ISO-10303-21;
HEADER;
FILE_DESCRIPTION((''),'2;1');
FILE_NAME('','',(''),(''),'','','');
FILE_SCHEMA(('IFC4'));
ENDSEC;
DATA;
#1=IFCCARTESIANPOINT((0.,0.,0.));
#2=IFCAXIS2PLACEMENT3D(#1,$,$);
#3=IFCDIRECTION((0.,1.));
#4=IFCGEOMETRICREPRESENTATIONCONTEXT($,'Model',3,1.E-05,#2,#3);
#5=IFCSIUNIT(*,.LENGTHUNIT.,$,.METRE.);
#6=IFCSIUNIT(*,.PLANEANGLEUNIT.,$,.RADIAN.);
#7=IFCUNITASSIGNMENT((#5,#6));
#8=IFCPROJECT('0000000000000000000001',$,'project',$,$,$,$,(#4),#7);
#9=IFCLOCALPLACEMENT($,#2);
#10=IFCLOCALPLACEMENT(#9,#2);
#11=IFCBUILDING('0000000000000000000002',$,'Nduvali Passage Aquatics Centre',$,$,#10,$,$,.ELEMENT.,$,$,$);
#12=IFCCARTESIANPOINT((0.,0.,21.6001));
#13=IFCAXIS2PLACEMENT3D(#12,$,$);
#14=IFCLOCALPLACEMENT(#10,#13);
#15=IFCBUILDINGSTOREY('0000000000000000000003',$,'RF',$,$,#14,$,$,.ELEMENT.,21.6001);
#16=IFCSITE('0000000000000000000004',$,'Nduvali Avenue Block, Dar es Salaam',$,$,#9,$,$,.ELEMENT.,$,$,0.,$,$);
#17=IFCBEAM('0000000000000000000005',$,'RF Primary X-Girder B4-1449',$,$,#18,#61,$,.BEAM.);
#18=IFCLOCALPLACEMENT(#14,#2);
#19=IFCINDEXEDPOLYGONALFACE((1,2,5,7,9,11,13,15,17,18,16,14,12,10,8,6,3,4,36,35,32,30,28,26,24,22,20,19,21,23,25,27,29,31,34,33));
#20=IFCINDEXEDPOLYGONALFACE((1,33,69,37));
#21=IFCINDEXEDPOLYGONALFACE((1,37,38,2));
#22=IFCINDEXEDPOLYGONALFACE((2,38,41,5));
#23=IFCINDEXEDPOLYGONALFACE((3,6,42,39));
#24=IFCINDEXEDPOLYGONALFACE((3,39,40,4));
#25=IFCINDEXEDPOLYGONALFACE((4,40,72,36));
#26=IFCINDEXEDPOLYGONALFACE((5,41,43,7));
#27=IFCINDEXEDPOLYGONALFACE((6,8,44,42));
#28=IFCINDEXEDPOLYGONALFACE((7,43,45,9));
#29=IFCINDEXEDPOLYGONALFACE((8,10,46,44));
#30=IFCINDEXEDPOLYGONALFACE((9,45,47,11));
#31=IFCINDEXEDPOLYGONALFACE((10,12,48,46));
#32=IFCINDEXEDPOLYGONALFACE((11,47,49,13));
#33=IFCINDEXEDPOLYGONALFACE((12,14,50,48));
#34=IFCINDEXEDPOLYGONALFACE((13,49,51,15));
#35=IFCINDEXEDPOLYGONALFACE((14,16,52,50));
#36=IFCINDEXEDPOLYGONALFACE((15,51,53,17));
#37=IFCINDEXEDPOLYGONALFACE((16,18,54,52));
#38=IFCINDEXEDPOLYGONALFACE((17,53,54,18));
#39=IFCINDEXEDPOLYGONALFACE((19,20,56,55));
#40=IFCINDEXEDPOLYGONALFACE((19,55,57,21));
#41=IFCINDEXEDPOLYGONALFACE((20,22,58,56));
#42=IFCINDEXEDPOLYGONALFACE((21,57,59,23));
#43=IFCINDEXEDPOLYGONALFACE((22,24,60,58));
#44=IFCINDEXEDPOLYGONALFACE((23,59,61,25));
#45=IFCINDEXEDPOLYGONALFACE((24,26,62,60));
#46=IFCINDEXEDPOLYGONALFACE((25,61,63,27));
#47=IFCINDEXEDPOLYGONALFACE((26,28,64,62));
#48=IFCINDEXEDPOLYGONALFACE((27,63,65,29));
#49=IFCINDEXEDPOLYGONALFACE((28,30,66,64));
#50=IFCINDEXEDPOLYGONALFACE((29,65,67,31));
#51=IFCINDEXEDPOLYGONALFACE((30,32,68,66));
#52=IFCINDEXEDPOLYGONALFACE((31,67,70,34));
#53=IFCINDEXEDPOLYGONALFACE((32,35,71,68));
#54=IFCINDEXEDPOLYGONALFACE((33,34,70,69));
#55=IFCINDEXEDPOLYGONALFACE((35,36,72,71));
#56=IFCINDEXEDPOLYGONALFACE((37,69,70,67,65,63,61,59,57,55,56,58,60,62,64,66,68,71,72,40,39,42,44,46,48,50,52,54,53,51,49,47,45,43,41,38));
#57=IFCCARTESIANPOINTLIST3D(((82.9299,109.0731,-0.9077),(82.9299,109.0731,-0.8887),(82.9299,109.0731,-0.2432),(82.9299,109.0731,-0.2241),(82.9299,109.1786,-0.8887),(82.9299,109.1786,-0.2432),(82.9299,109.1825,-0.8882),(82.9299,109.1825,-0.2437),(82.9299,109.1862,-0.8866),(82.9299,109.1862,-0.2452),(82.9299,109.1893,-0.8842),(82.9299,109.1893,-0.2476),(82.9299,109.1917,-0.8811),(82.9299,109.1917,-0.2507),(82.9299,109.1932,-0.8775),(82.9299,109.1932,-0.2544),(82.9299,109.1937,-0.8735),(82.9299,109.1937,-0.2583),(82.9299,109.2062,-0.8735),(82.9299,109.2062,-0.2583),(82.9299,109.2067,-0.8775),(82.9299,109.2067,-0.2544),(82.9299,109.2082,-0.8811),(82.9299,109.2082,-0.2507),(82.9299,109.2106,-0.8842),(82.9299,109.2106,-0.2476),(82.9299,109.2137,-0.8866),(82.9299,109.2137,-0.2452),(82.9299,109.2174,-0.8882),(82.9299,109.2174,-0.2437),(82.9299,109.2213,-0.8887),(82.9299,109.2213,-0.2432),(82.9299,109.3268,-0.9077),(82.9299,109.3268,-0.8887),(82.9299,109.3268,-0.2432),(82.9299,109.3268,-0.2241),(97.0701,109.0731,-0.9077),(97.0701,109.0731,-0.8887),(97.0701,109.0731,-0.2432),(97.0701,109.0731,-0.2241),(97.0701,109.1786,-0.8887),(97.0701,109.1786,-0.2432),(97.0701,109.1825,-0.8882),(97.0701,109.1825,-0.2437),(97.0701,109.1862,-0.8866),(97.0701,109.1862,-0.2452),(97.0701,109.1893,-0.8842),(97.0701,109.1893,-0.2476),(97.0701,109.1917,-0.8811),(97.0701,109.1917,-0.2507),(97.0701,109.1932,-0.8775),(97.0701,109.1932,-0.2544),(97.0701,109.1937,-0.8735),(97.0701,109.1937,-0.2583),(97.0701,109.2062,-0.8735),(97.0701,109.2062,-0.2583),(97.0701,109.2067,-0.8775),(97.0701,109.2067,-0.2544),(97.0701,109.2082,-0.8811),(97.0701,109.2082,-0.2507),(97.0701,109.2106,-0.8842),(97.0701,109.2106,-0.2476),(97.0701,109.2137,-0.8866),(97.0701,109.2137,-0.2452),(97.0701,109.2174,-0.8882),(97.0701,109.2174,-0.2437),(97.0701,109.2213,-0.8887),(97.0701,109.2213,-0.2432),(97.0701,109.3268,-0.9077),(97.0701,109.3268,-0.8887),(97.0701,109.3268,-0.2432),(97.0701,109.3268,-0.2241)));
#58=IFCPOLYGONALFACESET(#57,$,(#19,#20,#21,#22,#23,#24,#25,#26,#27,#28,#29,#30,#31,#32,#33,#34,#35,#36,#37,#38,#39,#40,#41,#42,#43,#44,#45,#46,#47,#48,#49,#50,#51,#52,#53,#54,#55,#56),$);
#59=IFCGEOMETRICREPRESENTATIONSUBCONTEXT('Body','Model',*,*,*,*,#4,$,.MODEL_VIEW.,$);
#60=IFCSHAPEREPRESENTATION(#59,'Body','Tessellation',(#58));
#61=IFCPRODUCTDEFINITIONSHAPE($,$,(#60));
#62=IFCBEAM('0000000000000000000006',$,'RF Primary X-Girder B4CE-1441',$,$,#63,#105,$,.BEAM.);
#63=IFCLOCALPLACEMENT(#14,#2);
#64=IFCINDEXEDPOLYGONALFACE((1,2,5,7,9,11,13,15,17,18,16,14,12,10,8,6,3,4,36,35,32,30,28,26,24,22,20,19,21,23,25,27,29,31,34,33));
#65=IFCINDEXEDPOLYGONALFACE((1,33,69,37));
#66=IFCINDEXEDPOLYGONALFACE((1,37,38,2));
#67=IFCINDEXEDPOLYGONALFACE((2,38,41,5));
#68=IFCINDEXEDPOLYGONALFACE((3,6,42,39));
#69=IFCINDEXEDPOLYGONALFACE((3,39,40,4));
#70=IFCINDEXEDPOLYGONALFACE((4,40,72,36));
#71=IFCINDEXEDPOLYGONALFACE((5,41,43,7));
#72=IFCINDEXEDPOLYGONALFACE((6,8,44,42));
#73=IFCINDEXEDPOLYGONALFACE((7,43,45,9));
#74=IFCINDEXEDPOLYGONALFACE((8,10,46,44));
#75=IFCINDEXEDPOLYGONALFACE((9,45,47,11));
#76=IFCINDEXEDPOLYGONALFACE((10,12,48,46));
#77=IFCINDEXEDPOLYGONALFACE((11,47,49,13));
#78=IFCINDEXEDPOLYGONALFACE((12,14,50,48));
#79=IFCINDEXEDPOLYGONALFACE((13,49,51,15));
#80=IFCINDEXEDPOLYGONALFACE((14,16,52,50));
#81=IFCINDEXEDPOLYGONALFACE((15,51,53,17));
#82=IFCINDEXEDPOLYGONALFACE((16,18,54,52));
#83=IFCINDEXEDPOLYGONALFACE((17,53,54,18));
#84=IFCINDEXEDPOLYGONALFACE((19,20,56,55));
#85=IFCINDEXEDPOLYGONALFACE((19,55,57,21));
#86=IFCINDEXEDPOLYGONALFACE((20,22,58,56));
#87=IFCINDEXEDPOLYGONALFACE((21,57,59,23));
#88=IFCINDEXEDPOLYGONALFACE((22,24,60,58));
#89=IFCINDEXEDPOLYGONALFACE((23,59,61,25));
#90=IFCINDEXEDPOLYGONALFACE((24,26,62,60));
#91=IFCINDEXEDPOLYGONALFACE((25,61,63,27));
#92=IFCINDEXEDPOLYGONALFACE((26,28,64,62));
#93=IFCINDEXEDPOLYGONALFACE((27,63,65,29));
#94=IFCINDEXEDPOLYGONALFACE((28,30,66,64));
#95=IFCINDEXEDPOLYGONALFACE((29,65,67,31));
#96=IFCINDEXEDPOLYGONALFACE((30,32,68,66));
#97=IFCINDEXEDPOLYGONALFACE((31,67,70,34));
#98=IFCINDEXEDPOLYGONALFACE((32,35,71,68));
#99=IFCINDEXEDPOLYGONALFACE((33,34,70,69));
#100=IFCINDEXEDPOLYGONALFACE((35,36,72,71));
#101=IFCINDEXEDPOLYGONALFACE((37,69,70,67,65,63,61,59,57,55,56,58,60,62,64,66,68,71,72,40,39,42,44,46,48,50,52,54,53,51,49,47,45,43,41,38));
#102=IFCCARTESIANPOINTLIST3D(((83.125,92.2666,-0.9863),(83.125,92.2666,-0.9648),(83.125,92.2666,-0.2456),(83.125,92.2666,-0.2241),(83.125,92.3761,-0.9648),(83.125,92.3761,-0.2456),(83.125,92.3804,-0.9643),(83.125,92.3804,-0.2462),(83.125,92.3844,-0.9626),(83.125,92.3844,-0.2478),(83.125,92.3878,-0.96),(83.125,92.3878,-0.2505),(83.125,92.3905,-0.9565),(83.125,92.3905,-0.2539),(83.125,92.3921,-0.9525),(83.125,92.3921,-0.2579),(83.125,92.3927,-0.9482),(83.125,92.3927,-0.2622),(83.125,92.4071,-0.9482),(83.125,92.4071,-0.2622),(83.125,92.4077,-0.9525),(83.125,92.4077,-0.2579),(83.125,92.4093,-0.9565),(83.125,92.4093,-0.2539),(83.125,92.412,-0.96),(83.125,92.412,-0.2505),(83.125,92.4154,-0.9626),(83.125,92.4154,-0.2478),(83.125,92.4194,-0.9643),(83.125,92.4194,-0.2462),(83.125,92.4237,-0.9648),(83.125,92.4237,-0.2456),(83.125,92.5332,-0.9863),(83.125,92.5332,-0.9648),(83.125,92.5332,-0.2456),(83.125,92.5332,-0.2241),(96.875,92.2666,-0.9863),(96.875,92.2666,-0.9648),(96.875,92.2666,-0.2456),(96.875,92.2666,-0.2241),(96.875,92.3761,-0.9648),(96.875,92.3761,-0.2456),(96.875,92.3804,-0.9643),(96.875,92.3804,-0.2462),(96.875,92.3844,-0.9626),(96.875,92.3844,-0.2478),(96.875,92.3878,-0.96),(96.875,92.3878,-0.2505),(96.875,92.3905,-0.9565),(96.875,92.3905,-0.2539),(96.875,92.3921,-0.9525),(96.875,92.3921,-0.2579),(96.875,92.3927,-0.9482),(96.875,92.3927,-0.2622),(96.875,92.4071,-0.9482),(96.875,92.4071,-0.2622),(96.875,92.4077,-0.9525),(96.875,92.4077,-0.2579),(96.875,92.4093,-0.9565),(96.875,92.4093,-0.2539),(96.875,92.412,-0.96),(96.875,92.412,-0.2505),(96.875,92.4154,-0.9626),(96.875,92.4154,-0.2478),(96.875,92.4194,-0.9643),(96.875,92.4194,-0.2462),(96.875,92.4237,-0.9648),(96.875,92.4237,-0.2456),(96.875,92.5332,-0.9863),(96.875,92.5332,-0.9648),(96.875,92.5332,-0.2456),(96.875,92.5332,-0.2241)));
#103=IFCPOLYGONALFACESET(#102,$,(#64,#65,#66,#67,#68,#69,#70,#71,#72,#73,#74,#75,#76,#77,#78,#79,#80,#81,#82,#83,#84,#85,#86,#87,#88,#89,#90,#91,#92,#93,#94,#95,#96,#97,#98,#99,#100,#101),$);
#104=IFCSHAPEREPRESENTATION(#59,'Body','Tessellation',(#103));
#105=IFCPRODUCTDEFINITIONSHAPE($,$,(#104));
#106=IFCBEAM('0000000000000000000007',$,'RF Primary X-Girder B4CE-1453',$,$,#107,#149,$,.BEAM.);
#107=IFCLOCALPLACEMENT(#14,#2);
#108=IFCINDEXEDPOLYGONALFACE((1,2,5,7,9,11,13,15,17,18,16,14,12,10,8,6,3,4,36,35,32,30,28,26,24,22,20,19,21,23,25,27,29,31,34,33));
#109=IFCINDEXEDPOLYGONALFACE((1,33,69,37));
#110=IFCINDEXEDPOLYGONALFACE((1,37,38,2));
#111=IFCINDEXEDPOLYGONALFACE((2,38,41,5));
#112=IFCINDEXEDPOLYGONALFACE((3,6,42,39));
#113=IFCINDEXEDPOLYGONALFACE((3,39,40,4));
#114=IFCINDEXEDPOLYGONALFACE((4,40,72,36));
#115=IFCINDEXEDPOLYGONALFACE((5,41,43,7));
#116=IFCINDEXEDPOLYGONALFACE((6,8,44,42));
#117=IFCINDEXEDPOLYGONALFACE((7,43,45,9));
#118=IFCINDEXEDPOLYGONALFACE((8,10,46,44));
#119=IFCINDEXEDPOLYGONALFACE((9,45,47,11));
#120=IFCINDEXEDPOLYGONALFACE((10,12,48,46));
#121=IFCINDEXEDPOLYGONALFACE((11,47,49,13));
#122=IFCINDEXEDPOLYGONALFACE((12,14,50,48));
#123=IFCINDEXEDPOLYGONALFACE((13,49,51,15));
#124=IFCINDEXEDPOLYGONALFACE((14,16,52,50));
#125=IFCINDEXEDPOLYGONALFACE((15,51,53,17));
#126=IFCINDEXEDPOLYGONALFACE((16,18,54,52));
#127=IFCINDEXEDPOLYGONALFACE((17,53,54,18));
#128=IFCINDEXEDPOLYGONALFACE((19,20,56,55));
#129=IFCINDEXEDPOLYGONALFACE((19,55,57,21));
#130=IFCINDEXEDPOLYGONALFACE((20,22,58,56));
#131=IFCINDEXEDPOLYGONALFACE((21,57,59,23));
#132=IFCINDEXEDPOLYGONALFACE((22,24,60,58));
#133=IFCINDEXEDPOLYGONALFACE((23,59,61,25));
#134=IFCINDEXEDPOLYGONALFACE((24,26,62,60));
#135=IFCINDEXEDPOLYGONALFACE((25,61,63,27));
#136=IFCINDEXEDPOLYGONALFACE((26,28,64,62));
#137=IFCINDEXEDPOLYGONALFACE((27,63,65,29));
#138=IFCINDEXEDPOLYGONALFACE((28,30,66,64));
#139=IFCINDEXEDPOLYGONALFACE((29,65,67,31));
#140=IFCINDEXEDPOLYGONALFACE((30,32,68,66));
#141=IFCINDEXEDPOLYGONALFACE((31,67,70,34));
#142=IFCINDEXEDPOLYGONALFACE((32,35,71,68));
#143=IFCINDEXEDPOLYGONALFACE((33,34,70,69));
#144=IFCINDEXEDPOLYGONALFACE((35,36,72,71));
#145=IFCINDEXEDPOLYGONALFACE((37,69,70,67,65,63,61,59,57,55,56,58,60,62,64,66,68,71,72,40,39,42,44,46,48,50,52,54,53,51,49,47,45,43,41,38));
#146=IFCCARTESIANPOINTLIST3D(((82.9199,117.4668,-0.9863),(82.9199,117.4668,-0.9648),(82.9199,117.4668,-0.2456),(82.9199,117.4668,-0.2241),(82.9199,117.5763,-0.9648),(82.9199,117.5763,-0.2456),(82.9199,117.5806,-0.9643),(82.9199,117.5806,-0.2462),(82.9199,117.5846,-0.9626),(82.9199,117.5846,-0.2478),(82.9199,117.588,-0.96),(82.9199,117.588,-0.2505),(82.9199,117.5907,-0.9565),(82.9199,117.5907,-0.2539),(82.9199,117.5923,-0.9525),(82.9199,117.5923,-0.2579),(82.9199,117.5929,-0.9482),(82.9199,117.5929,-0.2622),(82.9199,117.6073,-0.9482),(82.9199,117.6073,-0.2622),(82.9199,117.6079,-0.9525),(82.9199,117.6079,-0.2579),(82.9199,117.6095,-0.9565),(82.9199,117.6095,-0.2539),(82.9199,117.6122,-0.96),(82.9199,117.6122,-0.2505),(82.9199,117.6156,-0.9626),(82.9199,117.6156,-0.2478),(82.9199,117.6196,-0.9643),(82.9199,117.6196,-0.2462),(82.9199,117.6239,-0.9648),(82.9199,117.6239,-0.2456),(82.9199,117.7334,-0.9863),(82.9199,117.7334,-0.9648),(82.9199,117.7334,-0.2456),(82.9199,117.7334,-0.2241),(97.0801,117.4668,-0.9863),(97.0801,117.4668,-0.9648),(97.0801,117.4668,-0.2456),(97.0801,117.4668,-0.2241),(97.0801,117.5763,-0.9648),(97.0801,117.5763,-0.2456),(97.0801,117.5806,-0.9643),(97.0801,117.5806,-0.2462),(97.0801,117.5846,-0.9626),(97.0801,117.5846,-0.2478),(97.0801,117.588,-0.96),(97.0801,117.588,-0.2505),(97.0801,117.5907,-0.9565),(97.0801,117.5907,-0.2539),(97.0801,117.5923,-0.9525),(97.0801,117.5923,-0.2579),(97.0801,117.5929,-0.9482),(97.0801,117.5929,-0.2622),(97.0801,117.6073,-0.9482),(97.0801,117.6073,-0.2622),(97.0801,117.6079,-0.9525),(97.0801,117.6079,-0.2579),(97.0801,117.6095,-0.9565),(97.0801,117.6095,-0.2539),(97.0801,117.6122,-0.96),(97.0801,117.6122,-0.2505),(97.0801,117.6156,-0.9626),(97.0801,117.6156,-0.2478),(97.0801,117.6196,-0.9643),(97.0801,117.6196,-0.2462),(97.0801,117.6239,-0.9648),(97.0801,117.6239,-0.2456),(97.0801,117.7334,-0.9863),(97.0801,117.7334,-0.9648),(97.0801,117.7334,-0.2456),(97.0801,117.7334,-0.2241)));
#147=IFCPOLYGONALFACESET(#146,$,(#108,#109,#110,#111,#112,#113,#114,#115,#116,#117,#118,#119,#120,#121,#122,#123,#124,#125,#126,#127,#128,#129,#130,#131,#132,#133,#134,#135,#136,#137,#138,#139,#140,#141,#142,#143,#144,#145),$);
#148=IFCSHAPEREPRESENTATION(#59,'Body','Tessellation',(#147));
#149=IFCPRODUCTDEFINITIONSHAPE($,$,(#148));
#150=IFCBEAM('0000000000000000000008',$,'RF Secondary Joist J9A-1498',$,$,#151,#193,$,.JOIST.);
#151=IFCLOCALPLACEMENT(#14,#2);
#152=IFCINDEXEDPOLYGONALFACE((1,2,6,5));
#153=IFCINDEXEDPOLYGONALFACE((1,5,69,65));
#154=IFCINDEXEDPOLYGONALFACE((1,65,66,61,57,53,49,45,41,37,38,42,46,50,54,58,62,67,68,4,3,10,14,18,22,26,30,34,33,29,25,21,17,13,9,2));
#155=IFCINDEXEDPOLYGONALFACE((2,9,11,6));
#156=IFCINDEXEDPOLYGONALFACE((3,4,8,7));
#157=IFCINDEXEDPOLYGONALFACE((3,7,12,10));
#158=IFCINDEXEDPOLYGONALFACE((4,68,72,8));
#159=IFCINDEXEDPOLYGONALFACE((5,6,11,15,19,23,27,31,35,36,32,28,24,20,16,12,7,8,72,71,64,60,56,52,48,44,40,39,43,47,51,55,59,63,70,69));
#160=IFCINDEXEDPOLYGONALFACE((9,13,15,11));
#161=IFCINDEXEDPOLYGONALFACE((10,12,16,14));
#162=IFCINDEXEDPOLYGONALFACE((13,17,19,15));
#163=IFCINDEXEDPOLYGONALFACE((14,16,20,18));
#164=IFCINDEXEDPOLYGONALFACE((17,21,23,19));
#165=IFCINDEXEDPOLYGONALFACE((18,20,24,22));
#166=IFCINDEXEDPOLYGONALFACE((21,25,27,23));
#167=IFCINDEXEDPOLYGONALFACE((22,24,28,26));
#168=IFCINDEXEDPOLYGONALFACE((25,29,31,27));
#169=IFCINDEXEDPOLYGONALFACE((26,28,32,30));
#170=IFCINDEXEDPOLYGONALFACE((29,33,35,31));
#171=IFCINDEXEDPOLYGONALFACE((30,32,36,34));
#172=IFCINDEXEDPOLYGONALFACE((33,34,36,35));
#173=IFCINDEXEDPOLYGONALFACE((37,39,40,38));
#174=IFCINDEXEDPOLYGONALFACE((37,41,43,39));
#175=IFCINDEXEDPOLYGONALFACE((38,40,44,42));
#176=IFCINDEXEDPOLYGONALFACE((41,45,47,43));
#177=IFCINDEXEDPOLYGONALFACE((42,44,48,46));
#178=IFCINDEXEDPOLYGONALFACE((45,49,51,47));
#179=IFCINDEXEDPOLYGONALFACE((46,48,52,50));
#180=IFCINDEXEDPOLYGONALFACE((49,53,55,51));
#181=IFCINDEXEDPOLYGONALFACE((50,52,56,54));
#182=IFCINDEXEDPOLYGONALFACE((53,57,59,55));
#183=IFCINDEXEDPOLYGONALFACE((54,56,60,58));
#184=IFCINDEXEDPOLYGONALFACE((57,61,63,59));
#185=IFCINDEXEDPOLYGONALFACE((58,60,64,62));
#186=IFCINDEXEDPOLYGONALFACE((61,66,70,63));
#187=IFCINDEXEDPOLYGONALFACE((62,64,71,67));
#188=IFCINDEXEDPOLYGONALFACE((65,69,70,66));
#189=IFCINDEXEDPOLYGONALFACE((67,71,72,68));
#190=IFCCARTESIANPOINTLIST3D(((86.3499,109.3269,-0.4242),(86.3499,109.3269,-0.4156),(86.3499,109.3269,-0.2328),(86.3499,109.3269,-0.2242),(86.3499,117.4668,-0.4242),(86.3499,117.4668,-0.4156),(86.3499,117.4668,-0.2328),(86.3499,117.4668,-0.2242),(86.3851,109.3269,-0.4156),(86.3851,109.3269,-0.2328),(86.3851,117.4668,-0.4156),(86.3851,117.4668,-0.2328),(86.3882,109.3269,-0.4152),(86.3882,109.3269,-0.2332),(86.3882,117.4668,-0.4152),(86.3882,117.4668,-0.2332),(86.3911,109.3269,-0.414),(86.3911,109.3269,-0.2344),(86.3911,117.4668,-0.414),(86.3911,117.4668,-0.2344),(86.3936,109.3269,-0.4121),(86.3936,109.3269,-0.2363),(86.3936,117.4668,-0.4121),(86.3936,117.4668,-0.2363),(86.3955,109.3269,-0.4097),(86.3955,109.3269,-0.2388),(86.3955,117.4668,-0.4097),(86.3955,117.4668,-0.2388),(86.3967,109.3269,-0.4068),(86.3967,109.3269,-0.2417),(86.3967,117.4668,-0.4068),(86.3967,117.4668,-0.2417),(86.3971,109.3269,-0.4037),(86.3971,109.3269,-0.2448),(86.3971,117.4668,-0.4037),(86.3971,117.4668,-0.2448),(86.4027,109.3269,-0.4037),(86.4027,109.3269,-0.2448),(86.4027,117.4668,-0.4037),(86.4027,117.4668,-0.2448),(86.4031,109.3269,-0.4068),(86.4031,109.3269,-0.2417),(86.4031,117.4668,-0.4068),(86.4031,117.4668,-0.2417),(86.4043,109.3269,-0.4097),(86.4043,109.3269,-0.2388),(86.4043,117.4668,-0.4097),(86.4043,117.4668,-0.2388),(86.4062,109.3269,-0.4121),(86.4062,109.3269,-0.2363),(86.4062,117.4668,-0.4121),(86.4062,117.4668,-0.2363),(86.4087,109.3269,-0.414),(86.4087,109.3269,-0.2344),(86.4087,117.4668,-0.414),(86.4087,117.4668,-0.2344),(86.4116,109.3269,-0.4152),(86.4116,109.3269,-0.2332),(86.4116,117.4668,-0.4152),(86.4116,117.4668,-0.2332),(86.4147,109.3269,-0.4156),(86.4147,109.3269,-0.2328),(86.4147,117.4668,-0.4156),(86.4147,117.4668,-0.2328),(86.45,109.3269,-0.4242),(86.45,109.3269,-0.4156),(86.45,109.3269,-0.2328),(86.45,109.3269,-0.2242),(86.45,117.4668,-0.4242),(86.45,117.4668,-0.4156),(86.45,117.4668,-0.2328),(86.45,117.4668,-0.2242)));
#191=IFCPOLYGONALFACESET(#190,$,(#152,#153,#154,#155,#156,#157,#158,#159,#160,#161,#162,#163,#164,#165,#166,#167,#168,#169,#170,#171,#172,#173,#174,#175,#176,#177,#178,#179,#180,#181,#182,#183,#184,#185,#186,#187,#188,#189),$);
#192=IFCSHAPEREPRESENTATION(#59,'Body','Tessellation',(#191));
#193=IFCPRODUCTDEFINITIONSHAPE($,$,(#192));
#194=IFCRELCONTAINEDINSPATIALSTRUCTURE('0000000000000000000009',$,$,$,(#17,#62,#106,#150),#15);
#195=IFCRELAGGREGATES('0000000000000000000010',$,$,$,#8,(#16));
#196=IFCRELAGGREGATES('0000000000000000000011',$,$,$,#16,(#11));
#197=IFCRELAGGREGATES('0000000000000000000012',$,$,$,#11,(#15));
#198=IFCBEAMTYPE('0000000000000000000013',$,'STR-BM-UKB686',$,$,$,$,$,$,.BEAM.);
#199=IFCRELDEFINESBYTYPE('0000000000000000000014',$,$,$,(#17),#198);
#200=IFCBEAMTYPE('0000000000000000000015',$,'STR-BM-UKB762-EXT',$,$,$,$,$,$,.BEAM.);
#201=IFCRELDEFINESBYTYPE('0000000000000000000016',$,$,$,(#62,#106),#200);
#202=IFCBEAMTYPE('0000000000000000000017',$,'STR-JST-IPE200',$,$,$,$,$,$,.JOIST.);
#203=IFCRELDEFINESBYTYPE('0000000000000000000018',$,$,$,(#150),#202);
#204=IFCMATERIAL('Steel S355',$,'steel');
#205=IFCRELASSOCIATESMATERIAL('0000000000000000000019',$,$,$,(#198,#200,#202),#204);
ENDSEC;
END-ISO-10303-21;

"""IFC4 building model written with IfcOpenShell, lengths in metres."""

from ifc_helpers import new_model, si_unit, direction, frame, origin, origin_2d, place, context, subcontext, project, spatial, i_section, extrude, material, material_profile, profile_set, type_object, element, save


model = new_model("IFC4")

# Units and contexts
model_context = context("Model", 3, precision=1e-05, world=origin(), true_north=direction((0.0, 1.0)))
body_context = subcontext(model_context, "Body", "Model", "MODEL_VIEW")
ifc_project = project(units=[si_unit("LENGTHUNIT", "METRE"), si_unit("PLANEANGLEUNIT", "RADIAN")], contexts=[model_context])

# Site, building, storey
site_placement = place(None, origin())
site = spatial("IfcSite", under=ifc_project, at=site_placement, Name="Nduvali Avenue Block, Dar es Salaam", CompositionType="ELEMENT", RefElevation=0.0)
building_placement = place(site_placement, origin())
building = spatial("IfcBuilding", under=site, at=building_placement, Name="Nduvali Passage Aquatics Centre", CompositionType="ELEMENT")
storey_placement = place(building_placement, frame((0.0, 0.0, 21.6001)))
storey = spatial("IfcBuildingStorey", under=building, at=storey_placement, Name="RF", CompositionType="ELEMENT", Elevation=21.6001)

# Beams
ifc_material_1 = material(Name="Steel S355", Category="steel")
ifc_material_profile_1 = material_profile(ifc_material_1, i_section(OverallWidth=0.2537, OverallDepth=0.6836, WebThickness=0.0125, FlangeThickness=0.019, FilletRadius=0.0151, at=origin_2d()), Name="UKB 686x254x140")
ifc_profile_set_1 = profile_set([ifc_material_profile_1], Name="Steel S355")
beam_type_1 = type_object("IfcBeamType", Name="STR-BM-UKB686", PredefinedType="BEAM", material=ifc_profile_set_1)
for number, where, z_axis, x_axis, name in (
    (1, (82.9299, 109.2, -0.5659), (1.0, 0.0, 0.0), (0.0, 1.0, 0.0), "RF Primary X-Girder B4-1449"),
):
    element("IfcBeam", number, at=place(storey_placement, frame(where, z_axis=z_axis, x_axis=x_axis)), inside=storey, type_object=beam_type_1, Name=name, PredefinedType="BEAM", context=body_context, shape_type="SweptSolid", body=[
        extrude(i_section(OverallWidth=0.2537, OverallDepth=0.6836, WebThickness=0.0125, FlangeThickness=0.019, FilletRadius=0.0151, at=origin_2d()), origin(), (0.0, 0.0, 1.0), 14.1401),
    ])
ifc_material_profile_2 = material_profile(ifc_material_1, i_section(OverallWidth=0.2666, OverallDepth=0.7622, WebThickness=0.0144, FlangeThickness=0.0215, FilletRadius=0.0166, at=origin_2d()), Name="UKB 762x267x173")
ifc_profile_set_2 = profile_set([ifc_material_profile_2], Name="Steel S355")
beam_type_2 = type_object("IfcBeamType", Name="STR-BM-UKB762-EXT", PredefinedType="BEAM", material=ifc_profile_set_2)
beam_1_placement = place(storey_placement, frame((83.125, 92.3999, -0.6052), z_axis=(1.0, 0.0, 0.0), x_axis=(0.0, 1.0, 0.0)))
element("IfcBeam", 2, at=beam_1_placement, inside=storey, type_object=beam_type_2, Name="RF Primary X-Girder B4CE-1441", PredefinedType="BEAM", context=body_context, shape_type="SweptSolid", body=[
    extrude(i_section(OverallWidth=0.2666, OverallDepth=0.7622, WebThickness=0.0144, FlangeThickness=0.0215, FilletRadius=0.0166, at=origin_2d()), origin(), (0.0, 0.0, 1.0), 13.75),
])
beam_2_placement = place(storey_placement, frame((82.9199, 117.6001, -0.6052), z_axis=(1.0, 0.0, 0.0), x_axis=(0.0, 1.0, 0.0)))
element("IfcBeam", 3, at=beam_2_placement, inside=storey, type_object=beam_type_2, Name="RF Primary X-Girder B4CE-1453", PredefinedType="BEAM", context=body_context, shape_type="SweptSolid", body=[
    extrude(i_section(OverallWidth=0.2666, OverallDepth=0.7622, WebThickness=0.0144, FlangeThickness=0.0215, FilletRadius=0.0166, at=origin_2d()), origin(), (0.0, 0.0, 1.0), 14.1602),
])
ifc_material_profile_3 = material_profile(ifc_material_1, i_section(OverallWidth=0.1001, OverallDepth=0.2, WebThickness=0.0056, FlangeThickness=0.0085, FilletRadius=0.012, at=origin_2d()), Name="IPE 200")
ifc_profile_set_3 = profile_set([ifc_material_profile_3], Name="Steel S355")
beam_type_3 = type_object("IfcBeamType", Name="STR-JST-IPE200", PredefinedType="JOIST", material=ifc_profile_set_3)
for number, where, z_axis, x_axis, name in (
    (4, (86.3999, 109.3269, -0.3242), (0.0, 1.0, 0.0), (-1.0, 0.0, 0.0), "RF Secondary Joist J9A-1498"),
):
    element("IfcBeam", number, at=place(storey_placement, frame(where, z_axis=z_axis, x_axis=x_axis)), inside=storey, type_object=beam_type_3, Name=name, PredefinedType="JOIST", context=body_context, shape_type="SweptSolid", body=[
        extrude(i_section(OverallWidth=0.1001, OverallDepth=0.2, WebThickness=0.0056, FlangeThickness=0.0085, FilletRadius=0.012, at=origin_2d()), origin(), (0.0, 0.0, 1.0), 8.1399),
    ])

save(model, "model.ifc")
